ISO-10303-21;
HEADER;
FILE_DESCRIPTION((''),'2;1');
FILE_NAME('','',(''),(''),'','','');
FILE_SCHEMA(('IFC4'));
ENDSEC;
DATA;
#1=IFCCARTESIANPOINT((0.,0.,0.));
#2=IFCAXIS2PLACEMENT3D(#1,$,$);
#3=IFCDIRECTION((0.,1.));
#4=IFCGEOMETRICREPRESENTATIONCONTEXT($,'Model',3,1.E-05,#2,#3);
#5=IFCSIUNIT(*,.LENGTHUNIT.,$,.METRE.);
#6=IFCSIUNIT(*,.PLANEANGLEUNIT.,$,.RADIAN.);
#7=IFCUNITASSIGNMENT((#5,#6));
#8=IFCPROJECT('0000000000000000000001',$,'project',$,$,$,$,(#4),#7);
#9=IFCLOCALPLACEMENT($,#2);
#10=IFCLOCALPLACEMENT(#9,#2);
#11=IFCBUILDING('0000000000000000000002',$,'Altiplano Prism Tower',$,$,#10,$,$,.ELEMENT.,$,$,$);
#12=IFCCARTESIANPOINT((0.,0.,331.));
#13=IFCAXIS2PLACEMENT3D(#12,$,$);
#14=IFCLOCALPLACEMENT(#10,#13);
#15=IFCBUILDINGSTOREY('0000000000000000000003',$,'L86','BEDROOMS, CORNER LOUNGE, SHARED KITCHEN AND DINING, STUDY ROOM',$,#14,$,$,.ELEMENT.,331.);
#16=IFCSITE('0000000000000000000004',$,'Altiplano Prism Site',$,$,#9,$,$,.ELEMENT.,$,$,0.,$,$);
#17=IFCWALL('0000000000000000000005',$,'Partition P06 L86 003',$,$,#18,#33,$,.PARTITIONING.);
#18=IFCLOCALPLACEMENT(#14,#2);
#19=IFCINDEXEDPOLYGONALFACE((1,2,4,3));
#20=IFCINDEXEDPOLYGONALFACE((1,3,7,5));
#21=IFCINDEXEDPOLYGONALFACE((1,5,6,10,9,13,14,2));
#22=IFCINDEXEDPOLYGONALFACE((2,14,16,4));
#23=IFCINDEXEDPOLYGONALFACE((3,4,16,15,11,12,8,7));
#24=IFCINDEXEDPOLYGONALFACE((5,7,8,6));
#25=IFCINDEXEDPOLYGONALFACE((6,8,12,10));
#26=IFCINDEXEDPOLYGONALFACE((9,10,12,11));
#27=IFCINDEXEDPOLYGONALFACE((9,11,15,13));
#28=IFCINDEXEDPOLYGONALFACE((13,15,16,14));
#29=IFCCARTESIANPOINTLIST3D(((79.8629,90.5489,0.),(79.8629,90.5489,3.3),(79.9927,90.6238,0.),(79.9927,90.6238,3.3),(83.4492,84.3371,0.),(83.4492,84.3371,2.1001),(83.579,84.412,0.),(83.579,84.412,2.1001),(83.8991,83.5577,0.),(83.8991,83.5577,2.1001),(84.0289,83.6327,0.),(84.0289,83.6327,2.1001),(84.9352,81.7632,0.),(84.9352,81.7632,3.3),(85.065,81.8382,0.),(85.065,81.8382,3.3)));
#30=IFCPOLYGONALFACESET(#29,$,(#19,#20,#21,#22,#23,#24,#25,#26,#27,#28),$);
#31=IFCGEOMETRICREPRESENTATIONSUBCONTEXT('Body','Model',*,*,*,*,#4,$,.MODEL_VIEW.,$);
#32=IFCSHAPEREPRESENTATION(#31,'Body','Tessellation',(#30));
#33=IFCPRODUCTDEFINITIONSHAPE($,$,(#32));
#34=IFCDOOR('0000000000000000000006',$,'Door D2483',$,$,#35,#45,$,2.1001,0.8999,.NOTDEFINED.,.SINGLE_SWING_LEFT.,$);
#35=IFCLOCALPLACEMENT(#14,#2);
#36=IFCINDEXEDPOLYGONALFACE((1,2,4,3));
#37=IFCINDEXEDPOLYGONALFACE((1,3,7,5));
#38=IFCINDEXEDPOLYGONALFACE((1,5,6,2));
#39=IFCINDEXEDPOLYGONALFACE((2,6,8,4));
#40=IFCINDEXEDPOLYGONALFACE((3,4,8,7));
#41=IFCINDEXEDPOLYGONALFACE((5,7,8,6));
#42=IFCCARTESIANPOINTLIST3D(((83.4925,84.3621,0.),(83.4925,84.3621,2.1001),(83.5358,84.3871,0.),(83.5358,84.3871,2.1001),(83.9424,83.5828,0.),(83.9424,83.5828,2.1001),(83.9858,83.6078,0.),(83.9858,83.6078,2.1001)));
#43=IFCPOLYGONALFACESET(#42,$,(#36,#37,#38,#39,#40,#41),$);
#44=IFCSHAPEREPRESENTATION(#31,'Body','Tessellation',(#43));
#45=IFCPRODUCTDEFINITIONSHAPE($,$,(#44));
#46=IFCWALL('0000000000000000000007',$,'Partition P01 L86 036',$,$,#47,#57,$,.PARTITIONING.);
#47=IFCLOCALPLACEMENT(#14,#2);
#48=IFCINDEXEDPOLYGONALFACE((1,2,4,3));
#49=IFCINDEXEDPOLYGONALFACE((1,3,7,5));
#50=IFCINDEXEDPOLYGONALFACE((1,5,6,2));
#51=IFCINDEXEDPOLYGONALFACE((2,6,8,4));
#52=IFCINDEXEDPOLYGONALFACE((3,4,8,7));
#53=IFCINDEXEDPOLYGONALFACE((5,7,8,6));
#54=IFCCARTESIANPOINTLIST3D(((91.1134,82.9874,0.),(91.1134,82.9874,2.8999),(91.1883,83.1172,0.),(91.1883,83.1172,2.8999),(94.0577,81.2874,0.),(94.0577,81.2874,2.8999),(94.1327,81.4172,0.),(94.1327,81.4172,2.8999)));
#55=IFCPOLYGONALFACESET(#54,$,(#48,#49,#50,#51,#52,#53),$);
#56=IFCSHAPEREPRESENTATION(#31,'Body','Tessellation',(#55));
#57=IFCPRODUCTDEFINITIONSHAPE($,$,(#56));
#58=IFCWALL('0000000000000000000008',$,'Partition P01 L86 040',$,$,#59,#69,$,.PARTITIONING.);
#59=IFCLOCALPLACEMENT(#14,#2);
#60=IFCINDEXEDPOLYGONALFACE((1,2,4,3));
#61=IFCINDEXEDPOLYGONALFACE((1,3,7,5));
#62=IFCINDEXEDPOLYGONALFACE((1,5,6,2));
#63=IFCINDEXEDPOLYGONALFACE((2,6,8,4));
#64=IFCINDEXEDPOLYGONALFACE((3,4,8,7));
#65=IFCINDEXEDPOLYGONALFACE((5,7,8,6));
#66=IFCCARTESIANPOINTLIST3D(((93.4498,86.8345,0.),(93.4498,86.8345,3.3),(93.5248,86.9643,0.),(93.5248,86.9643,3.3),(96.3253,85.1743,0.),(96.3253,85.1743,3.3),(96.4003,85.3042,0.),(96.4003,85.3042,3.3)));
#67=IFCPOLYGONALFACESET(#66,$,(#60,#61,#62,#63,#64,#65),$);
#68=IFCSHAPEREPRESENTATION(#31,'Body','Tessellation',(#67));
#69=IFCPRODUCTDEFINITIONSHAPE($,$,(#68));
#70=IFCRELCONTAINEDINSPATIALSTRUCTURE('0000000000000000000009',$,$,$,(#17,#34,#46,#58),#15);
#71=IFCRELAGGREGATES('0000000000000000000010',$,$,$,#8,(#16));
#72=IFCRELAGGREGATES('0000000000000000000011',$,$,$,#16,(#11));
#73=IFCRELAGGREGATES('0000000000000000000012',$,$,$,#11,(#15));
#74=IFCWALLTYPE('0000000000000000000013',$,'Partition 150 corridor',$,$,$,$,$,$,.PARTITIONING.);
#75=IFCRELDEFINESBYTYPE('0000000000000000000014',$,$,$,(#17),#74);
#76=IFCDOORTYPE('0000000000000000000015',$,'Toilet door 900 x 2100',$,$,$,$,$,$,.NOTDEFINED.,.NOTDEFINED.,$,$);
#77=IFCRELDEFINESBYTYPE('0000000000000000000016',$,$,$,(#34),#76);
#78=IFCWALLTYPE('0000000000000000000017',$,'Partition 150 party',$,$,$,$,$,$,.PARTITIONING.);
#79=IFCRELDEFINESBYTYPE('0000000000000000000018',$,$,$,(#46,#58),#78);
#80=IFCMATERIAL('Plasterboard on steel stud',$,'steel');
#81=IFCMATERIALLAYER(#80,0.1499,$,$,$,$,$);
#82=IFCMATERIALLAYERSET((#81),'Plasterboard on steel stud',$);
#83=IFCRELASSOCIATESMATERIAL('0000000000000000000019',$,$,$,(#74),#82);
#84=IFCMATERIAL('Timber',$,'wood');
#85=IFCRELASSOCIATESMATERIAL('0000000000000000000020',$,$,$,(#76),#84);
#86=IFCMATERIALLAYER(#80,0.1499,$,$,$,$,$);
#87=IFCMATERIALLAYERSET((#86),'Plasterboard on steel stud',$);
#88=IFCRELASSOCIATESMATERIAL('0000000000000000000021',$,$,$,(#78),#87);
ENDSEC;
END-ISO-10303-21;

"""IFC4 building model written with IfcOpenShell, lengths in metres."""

from ifc_helpers import new_model, si_unit, direction, frame, frame_2d, origin, place, context, subcontext, project, spatial, rectangle, extrude, material, layer, layer_set, type_object, element, fill, save


model = new_model("IFC4")

# Units and contexts
model_context = context("Model", 3, precision=1e-05, world=origin(), true_north=direction((0.0, 1.0)))
body_context = subcontext(model_context, "Body", "Model", "MODEL_VIEW")
ifc_project = project(units=[si_unit("LENGTHUNIT", "METRE"), si_unit("PLANEANGLEUNIT", "RADIAN")], contexts=[model_context])

# Site, building, storey
site_placement = place(None, origin())
site = spatial("IfcSite", under=ifc_project, at=site_placement, Name="Altiplano Prism Site", CompositionType="ELEMENT", RefElevation=0.0)
building_placement = place(site_placement, origin())
building = spatial("IfcBuilding", under=site, at=building_placement, Name="Altiplano Prism Tower", CompositionType="ELEMENT")
storey_placement = place(building_placement, frame((0.0, 0.0, 331.0)))
storey = spatial("IfcBuildingStorey", under=building, at=storey_placement, Name="L86", Description="BEDROOMS, CORNER LOUNGE, SHARED KITCHEN AND DINING, STUDY ROOM", CompositionType="ELEMENT", Elevation=331.0)

# Shared definitions
ifc_material_1 = material(Name="Plasterboard on steel stud", Category="steel")

# Shared definitions
ifc_material_2 = material(Name="Timber", Category="wood")

# Wall, opening, door
ifc_layer_1 = layer(ifc_material_1, 0.1499)
ifc_layer_set_1 = layer_set([ifc_layer_1], Name="Plasterboard on steel stud")
wall_type_1 = type_object("IfcWallType", Name="Partition 150 corridor", PredefinedType="PARTITIONING", material=ifc_layer_set_1)
wall_1_placement = place(storey_placement, frame((85.0, 81.8008, 0.0), z_axis=(0.0, 0.0, 1.0), x_axis=(-0.49999, 0.866031, 0.0)))
wall_1 = element("IfcWall", 1, at=wall_1_placement, inside=storey, type_object=wall_type_1, Name="Partition P06 L86 003", PredefinedType="PARTITIONING", context=body_context, shape_type="SweptSolid", body=[
    extrude(rectangle(XDim=10.1448, YDim=0.1499, at=frame_2d((5.0723, 0.0))), origin(), (0.0, 0.0, 1.0), 3.3),
])
opening_1_placement = place(wall_1_placement, frame((2.072, 0.0, 0.0)))
opening_1 = element("IfcOpeningElement", 2, at=opening_1_placement, cuts=wall_1, PredefinedType="OPENING", context=body_context, shape_type="SweptSolid", body=[
    extrude(rectangle(XDim=0.8999, YDim=2.1001, at=frame_2d((0.45, 1.05))), frame((0.0, 0.0854, 0.0), z_axis=(0.0, -1.0, 0.0), x_axis=(1.0, 0.0, 0.0)), (0.0, 0.0, 1.0), 0.1709),
])
door_type_1 = type_object("IfcDoorType", Name="Toilet door 900 x 2100", OperationType="NOTDEFINED", PredefinedType="NOTDEFINED", material=ifc_material_2)
door_1_placement = place(opening_1_placement, origin())
door_1 = element("IfcDoor", 3, at=door_1_placement, inside=storey, type_object=door_type_1, Name="Door D2483", OperationType="SINGLE_SWING_LEFT", OverallHeight=2.1001, OverallWidth=0.8999, PredefinedType="NOTDEFINED", context=body_context, shape_type="SweptSolid", body=[
    extrude(rectangle(XDim=0.8999, YDim=2.1001, at=frame_2d((0.45, 1.05))), frame((0.0, 0.0249, 0.0), z_axis=(0.0, -1.0, 0.0), x_axis=(1.0, 0.0, 0.0)), (0.0, 0.0, 1.0), 0.05),
])
fill(opening_1, door_1)

# Walls
ifc_layer_2 = layer(ifc_material_1, 0.1499)
ifc_layer_set_2 = layer_set([ifc_layer_2], Name="Plasterboard on steel stud")
wall_type_2 = type_object("IfcWallType", Name="Partition 150 party", PredefinedType="PARTITIONING", material=ifc_layer_set_2)
wall_2_placement = place(storey_placement, frame((94.0952, 81.3523, 0.0), z_axis=(0.0, 0.0, 1.0), x_axis=(-0.866021, 0.500008, 0.0)))
element("IfcWall", 4, at=wall_2_placement, inside=storey, type_object=wall_type_2, Name="Partition P01 L86 036", PredefinedType="PARTITIONING", context=body_context, shape_type="SweptSolid", body=[
    extrude(rectangle(XDim=3.3999, YDim=0.1499, at=frame_2d((1.7, 0.0))), origin(), (0.0, 0.0, 1.0), 2.8999),
])
wall_3_placement = place(storey_placement, frame((96.3628, 85.2393, 0.0), z_axis=(0.0, 0.0, 1.0), x_axis=(-0.866026, 0.499998, 0.0)))
element("IfcWall", 5, at=wall_3_placement, inside=storey, type_object=wall_type_2, Name="Partition P01 L86 040", PredefinedType="PARTITIONING", context=body_context, shape_type="SweptSolid", body=[
    extrude(rectangle(XDim=3.3203, YDim=0.1499, at=frame_2d((1.6602, 0.0))), origin(), (0.0, 0.0, 1.0), 3.3),
])

save(model, "model.ifc")
